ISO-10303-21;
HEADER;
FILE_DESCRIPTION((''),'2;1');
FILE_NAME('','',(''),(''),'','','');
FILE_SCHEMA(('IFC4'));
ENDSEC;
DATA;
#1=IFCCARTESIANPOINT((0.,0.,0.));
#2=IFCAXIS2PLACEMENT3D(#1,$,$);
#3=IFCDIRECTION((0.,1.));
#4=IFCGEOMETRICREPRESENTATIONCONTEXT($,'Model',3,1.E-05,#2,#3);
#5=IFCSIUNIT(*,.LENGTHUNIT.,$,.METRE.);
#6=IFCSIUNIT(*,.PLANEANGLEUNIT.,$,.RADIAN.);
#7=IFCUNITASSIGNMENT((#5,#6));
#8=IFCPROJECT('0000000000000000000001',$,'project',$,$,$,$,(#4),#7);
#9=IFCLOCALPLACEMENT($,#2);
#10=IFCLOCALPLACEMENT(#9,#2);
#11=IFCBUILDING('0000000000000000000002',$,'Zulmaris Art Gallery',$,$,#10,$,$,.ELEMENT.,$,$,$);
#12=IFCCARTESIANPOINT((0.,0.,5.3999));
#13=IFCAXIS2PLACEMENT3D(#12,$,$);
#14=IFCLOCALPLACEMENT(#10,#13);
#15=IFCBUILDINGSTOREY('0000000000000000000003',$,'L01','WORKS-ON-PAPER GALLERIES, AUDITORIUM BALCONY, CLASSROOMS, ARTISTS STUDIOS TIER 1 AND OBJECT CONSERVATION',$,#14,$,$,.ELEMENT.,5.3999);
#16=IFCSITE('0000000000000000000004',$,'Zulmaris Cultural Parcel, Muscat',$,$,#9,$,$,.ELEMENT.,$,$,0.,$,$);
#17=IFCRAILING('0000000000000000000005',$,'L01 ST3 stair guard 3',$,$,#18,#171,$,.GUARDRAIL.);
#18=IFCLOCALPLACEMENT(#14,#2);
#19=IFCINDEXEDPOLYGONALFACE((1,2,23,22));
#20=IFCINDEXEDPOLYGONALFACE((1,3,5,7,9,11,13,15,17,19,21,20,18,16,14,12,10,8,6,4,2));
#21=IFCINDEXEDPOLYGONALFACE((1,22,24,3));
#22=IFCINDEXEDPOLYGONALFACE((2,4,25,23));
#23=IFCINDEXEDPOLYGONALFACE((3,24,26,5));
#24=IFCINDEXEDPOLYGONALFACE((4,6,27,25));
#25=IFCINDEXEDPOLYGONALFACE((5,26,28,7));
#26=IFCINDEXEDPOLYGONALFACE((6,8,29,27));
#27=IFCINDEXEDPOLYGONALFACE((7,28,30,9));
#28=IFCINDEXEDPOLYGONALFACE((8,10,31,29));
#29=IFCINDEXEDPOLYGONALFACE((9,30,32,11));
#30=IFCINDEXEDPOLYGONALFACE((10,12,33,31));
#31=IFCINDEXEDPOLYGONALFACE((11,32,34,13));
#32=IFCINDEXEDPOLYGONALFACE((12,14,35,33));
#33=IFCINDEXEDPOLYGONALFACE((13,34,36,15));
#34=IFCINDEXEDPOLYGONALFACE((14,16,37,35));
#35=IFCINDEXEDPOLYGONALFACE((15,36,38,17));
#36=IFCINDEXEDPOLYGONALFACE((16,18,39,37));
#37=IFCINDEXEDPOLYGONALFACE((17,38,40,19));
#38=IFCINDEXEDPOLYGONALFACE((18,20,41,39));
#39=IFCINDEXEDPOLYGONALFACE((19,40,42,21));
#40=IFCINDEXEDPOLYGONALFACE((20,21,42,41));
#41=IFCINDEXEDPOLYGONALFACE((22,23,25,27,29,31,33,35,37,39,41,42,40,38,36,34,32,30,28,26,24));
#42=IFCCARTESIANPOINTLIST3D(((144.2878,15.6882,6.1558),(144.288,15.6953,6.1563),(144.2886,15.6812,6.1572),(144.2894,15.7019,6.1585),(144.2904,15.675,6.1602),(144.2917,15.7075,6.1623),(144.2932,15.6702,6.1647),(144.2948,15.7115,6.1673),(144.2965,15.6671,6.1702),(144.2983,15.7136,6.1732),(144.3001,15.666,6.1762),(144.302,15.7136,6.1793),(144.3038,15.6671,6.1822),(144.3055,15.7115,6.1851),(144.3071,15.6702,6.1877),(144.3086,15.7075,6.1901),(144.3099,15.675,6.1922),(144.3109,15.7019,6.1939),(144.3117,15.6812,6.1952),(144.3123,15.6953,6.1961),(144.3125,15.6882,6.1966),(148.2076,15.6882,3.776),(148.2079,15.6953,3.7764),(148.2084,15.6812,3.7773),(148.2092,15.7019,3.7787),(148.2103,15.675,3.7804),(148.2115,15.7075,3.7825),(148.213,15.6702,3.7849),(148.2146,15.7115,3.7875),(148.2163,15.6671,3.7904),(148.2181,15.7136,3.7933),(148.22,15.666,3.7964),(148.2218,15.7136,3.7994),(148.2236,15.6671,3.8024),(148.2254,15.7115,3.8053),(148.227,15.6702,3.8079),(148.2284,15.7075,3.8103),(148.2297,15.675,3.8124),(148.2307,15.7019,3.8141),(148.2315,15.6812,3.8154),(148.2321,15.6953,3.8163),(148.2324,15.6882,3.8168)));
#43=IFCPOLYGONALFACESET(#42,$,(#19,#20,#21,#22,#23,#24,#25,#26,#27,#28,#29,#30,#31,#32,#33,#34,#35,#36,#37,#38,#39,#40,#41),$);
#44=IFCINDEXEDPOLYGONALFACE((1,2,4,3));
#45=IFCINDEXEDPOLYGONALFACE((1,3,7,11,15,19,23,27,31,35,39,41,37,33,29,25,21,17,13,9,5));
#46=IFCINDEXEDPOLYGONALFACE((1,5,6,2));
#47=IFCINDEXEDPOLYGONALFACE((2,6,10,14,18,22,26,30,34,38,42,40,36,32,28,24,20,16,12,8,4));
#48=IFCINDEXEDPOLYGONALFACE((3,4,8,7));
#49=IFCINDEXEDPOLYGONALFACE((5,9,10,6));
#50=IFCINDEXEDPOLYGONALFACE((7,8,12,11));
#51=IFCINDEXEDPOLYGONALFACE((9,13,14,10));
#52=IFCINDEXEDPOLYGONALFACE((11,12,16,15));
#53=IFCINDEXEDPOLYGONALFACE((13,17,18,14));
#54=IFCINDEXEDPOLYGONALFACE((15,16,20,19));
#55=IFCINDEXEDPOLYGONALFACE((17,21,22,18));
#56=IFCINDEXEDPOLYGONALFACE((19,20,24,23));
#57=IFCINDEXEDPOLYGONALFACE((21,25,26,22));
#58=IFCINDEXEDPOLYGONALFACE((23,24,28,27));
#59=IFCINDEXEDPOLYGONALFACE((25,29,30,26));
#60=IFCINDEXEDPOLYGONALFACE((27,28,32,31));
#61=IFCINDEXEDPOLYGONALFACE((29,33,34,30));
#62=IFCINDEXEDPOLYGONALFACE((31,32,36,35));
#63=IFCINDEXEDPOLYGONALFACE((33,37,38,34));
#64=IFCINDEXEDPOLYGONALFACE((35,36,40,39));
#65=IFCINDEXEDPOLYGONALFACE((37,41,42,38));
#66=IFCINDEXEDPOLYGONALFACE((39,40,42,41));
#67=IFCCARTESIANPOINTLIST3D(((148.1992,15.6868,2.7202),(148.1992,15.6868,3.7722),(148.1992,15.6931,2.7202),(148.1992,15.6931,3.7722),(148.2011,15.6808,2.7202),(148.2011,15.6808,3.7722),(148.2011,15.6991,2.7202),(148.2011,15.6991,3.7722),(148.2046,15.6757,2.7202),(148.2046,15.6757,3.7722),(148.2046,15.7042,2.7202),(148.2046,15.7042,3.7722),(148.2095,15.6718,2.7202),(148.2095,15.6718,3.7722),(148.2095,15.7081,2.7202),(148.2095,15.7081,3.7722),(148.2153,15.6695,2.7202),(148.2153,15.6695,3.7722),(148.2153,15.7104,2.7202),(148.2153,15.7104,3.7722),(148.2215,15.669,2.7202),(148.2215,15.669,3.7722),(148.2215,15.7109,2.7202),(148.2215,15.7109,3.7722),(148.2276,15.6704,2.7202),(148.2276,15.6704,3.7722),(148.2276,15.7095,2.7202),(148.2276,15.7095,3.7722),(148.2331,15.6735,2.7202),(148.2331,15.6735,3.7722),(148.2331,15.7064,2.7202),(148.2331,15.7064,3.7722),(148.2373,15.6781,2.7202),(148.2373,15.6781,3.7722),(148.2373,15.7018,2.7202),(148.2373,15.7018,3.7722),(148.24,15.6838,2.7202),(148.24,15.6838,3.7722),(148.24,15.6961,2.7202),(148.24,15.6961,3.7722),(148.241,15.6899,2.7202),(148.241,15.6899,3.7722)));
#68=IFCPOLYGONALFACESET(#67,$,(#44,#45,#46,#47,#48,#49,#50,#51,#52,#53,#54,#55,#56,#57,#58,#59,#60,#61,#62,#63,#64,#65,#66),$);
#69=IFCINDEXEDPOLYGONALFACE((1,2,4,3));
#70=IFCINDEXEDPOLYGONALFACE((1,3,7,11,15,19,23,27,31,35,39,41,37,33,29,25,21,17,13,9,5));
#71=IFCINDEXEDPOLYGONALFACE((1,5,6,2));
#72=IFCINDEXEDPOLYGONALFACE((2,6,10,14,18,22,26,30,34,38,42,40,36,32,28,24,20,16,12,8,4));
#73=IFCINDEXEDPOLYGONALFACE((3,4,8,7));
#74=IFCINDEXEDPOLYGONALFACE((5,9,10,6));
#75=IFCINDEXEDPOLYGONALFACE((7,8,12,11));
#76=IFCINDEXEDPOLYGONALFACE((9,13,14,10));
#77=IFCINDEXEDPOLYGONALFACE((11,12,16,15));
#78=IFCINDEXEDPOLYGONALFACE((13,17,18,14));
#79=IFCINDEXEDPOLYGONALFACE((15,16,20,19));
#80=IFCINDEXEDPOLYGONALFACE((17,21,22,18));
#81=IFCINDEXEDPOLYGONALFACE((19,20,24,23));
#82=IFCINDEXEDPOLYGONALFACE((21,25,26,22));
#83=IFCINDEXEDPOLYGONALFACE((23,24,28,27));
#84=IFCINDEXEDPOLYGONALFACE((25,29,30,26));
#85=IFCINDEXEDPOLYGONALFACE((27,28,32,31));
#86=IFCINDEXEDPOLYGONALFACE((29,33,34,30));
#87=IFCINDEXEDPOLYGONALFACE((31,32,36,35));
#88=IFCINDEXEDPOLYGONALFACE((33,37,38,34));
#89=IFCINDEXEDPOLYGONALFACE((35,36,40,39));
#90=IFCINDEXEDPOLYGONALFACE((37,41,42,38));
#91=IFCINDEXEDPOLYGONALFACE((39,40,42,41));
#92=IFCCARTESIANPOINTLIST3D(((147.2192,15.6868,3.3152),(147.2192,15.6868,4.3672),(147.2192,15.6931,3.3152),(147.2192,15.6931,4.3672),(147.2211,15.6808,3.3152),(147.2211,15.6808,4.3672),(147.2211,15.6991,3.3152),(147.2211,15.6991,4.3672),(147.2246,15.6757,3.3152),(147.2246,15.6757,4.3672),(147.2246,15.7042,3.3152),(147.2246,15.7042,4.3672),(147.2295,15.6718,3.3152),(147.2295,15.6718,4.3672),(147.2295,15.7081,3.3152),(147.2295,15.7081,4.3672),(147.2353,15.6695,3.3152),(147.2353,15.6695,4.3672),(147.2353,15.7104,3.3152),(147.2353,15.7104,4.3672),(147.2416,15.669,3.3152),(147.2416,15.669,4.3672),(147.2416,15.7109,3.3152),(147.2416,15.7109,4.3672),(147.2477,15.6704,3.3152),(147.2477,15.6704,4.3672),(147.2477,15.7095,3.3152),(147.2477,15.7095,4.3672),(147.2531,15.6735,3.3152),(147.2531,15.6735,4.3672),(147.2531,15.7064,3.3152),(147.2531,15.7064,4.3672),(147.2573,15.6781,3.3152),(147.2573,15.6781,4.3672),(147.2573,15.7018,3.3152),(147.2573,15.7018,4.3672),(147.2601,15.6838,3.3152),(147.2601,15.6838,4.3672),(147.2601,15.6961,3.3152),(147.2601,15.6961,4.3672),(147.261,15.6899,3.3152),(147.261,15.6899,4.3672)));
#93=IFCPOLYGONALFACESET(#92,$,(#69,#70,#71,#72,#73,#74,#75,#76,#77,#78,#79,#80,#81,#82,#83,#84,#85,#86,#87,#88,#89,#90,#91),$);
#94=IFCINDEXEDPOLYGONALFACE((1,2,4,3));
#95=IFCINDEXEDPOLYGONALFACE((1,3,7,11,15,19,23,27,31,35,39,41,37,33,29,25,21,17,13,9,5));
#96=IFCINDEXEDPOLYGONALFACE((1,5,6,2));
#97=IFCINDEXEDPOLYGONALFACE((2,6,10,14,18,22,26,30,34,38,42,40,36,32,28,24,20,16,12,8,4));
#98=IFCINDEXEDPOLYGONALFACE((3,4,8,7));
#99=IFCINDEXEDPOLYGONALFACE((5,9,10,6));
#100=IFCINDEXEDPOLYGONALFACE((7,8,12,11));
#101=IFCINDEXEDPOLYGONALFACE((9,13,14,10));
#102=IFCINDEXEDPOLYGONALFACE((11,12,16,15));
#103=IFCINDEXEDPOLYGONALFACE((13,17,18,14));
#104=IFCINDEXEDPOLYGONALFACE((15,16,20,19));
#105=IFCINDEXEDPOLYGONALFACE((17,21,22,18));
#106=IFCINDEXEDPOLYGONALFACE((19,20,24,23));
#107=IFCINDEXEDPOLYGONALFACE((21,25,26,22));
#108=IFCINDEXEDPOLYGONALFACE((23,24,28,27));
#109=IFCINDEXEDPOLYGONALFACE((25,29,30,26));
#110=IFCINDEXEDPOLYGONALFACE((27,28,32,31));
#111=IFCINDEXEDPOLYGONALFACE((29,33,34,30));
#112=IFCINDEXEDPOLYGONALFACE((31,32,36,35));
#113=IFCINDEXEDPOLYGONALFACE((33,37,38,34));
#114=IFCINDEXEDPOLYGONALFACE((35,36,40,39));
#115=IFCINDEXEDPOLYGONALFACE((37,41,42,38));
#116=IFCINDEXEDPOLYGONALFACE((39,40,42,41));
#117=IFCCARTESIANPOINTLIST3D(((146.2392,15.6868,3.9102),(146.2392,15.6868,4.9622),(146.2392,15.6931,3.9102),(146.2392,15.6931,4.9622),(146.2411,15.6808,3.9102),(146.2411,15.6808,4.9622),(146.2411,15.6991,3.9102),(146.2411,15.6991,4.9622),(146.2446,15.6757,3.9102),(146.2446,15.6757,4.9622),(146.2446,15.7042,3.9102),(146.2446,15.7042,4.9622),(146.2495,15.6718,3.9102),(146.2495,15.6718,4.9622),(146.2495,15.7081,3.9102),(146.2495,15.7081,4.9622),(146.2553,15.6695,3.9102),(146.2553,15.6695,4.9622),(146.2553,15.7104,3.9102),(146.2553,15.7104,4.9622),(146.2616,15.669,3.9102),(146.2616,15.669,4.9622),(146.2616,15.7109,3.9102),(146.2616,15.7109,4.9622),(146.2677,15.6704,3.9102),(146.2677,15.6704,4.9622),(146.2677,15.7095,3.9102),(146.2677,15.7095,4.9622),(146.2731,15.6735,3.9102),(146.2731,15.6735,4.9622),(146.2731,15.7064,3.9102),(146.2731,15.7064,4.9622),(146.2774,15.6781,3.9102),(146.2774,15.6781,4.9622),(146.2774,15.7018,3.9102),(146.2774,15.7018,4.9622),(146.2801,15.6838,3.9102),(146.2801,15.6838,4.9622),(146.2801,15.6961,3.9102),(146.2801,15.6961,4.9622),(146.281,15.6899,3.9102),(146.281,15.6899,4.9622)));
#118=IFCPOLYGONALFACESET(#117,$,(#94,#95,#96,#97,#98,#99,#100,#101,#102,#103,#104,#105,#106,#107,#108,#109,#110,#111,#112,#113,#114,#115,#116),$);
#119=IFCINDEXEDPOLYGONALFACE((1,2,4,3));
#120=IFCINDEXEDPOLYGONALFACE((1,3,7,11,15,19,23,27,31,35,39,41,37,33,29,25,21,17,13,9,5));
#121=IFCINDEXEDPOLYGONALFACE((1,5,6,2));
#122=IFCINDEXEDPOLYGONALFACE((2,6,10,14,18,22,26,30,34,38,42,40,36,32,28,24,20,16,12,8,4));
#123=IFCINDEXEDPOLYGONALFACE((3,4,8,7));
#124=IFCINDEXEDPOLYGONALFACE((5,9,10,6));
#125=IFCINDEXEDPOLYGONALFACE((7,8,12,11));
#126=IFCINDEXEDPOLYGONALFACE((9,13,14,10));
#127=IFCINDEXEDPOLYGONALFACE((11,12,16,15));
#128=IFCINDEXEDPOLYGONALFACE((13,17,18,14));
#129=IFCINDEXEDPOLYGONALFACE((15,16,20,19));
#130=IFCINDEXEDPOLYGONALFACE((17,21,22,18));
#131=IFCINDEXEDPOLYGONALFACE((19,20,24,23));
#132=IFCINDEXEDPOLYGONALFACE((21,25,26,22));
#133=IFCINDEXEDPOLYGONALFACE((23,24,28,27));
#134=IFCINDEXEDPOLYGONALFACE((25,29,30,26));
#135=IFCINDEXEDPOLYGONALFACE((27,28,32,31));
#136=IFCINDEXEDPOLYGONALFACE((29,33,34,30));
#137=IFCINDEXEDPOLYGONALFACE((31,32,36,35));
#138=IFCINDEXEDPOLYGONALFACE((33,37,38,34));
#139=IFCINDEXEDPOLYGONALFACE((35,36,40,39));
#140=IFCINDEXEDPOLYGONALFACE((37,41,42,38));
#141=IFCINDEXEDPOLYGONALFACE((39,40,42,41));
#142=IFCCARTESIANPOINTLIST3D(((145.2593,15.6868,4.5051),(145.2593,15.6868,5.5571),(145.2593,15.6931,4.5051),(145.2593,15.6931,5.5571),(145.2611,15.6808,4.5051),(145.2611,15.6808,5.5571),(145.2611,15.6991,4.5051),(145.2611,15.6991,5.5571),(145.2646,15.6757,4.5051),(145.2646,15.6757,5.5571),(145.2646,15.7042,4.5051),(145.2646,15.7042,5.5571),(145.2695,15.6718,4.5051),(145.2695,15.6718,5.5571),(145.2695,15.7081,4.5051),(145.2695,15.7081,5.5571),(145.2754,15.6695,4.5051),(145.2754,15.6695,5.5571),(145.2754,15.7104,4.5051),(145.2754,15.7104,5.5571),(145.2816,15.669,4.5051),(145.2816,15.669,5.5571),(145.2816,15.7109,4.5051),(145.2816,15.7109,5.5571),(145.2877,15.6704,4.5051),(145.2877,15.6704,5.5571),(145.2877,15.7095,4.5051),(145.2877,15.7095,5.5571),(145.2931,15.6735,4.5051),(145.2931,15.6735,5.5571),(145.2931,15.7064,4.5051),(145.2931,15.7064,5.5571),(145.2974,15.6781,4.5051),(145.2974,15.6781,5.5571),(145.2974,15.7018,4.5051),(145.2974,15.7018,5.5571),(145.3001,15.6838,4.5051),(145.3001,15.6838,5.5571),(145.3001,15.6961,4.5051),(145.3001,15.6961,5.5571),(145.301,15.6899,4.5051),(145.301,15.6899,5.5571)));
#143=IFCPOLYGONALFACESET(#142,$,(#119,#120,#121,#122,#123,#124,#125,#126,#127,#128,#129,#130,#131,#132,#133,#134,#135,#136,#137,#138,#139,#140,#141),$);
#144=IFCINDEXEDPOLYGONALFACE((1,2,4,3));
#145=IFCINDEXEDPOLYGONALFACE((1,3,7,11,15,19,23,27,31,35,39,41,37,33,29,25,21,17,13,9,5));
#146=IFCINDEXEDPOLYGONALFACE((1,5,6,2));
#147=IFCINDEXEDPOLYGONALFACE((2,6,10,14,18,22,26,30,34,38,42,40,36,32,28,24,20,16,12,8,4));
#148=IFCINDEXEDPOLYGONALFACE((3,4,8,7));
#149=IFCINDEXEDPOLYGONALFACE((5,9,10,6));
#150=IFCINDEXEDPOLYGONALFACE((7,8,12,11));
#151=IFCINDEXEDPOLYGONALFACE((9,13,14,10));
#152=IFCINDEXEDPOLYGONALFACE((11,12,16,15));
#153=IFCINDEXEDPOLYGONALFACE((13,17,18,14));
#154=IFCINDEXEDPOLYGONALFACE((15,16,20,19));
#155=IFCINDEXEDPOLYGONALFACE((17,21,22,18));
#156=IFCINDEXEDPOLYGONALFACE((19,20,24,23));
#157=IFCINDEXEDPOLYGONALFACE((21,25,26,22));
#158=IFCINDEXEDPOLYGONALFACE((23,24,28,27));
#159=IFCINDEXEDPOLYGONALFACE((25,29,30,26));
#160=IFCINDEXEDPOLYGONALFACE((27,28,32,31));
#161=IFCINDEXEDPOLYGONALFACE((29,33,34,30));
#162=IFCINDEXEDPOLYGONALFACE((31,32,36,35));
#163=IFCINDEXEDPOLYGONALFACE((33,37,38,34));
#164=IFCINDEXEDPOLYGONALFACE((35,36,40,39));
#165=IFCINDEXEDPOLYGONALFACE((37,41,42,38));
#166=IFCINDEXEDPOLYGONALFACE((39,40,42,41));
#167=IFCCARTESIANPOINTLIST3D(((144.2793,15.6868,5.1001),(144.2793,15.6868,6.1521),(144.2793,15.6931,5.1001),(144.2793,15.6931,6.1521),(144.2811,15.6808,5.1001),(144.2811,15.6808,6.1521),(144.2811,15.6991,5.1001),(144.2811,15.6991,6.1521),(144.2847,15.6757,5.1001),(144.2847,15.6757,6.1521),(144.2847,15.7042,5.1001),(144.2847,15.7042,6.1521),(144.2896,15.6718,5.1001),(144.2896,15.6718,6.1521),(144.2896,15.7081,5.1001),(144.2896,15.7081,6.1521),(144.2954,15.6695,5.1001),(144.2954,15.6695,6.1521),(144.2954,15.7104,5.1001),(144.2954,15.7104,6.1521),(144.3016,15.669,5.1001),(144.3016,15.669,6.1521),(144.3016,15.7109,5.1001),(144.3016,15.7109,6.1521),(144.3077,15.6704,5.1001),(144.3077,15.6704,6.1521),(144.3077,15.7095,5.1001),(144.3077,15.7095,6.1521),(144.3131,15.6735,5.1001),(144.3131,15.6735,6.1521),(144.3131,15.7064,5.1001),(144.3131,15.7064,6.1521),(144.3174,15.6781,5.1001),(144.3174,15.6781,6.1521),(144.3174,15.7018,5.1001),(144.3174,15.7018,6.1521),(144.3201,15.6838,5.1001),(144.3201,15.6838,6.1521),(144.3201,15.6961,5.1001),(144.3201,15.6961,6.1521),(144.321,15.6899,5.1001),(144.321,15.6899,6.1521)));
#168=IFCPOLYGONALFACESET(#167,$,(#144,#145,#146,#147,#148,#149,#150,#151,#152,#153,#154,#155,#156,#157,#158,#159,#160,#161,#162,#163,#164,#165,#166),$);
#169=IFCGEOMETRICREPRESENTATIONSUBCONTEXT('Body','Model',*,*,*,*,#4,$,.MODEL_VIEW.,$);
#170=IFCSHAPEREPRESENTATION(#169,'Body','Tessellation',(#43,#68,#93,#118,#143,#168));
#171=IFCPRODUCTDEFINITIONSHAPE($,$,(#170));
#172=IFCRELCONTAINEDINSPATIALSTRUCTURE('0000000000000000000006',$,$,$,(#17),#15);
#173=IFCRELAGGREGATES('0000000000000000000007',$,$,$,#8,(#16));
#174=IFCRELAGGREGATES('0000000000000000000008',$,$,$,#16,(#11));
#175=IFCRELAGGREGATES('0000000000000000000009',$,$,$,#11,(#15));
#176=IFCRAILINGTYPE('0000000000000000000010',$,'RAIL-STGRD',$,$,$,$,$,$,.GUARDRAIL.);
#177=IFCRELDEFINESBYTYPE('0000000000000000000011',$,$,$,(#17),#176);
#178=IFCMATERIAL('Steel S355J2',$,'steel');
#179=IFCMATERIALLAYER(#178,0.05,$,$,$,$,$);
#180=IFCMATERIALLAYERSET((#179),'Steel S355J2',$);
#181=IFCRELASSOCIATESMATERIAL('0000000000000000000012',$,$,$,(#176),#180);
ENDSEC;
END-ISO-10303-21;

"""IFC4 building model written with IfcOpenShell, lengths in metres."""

from ifc_helpers import new_model, si_unit, direction, frame, origin, origin_2d, place, context, subcontext, project, spatial, circle, extrude, material, layer, layer_set, type_object, element, save


model = new_model("IFC4")

# Units and contexts
model_context = context("Model", 3, precision=1e-05, world=origin(), true_north=direction((0.0, 1.0)))
body_context = subcontext(model_context, "Body", "Model", "MODEL_VIEW")
ifc_project = project(units=[si_unit("LENGTHUNIT", "METRE"), si_unit("PLANEANGLEUNIT", "RADIAN")], contexts=[model_context])

# Site, building, storey
site_placement = place(None, origin())
site = spatial("IfcSite", under=ifc_project, at=site_placement, Name="Zulmaris Cultural Parcel, Muscat", CompositionType="ELEMENT", RefElevation=0.0)
building_placement = place(site_placement, origin())
building = spatial("IfcBuilding", under=site, at=building_placement, Name="Zulmaris Art Gallery", CompositionType="ELEMENT")
storey_placement = place(building_placement, frame((0.0, 0.0, 5.3999)))
storey = spatial("IfcBuildingStorey", under=building, at=storey_placement, Name="L01", Description="WORKS-ON-PAPER GALLERIES, AUDITORIUM BALCONY, CLASSROOMS, ARTISTS STUDIOS TIER 1 AND OBJECT CONSERVATION", CompositionType="ELEMENT", Elevation=5.3999)

# Shared definitions
ifc_material_1 = material(Name="Steel S355J2", Category="steel")

# Railing
ifc_layer_1 = layer(ifc_material_1, 0.05)
ifc_layer_set_1 = layer_set([ifc_layer_1], Name="Steel S355J2")
railing_type_1 = type_object("IfcRailingType", Name="RAIL-STGRD", PredefinedType="GUARDRAIL", material=ifc_layer_set_1)
railing_1_placement = place(storey_placement, frame((148.22, 15.6899, 2.7202)))
element("IfcRailing", 1, at=railing_1_placement, inside=storey, type_object=railing_type_1, Name="L01 ST3 stair guard 3", PredefinedType="GUARDRAIL", context=body_context, shape_type="SweptSolid", body=[
    extrude(circle(Radius=0.0239, at=origin_2d()), frame((0.0, 0.0, 1.0762), z_axis=(-0.854794, 0.0, 0.518967), x_axis=(0.0, -1.0, 0.0)), (0.0, 0.0, 1.0), 4.5857),
    extrude(circle(Radius=0.021, at=origin_2d()), origin(), (0.0, 0.0, 1.0), 1.052),
    extrude(circle(Radius=0.021, at=origin_2d()), frame((-0.98, 0.0, 0.595)), (0.0, 0.0, 1.0), 1.052),
    extrude(circle(Radius=0.021, at=origin_2d()), frame((-1.96, 0.0, 1.1899)), (0.0, 0.0, 1.0), 1.052),
    extrude(circle(Radius=0.021, at=origin_2d()), frame((-2.9399, 0.0, 1.7849)), (0.0, 0.0, 1.0), 1.052),
    extrude(circle(Radius=0.021, at=origin_2d()), frame((-3.9199, 0.0, 2.3799)), (0.0, 0.0, 1.0), 1.052),
])

save(model, "model.ifc")
